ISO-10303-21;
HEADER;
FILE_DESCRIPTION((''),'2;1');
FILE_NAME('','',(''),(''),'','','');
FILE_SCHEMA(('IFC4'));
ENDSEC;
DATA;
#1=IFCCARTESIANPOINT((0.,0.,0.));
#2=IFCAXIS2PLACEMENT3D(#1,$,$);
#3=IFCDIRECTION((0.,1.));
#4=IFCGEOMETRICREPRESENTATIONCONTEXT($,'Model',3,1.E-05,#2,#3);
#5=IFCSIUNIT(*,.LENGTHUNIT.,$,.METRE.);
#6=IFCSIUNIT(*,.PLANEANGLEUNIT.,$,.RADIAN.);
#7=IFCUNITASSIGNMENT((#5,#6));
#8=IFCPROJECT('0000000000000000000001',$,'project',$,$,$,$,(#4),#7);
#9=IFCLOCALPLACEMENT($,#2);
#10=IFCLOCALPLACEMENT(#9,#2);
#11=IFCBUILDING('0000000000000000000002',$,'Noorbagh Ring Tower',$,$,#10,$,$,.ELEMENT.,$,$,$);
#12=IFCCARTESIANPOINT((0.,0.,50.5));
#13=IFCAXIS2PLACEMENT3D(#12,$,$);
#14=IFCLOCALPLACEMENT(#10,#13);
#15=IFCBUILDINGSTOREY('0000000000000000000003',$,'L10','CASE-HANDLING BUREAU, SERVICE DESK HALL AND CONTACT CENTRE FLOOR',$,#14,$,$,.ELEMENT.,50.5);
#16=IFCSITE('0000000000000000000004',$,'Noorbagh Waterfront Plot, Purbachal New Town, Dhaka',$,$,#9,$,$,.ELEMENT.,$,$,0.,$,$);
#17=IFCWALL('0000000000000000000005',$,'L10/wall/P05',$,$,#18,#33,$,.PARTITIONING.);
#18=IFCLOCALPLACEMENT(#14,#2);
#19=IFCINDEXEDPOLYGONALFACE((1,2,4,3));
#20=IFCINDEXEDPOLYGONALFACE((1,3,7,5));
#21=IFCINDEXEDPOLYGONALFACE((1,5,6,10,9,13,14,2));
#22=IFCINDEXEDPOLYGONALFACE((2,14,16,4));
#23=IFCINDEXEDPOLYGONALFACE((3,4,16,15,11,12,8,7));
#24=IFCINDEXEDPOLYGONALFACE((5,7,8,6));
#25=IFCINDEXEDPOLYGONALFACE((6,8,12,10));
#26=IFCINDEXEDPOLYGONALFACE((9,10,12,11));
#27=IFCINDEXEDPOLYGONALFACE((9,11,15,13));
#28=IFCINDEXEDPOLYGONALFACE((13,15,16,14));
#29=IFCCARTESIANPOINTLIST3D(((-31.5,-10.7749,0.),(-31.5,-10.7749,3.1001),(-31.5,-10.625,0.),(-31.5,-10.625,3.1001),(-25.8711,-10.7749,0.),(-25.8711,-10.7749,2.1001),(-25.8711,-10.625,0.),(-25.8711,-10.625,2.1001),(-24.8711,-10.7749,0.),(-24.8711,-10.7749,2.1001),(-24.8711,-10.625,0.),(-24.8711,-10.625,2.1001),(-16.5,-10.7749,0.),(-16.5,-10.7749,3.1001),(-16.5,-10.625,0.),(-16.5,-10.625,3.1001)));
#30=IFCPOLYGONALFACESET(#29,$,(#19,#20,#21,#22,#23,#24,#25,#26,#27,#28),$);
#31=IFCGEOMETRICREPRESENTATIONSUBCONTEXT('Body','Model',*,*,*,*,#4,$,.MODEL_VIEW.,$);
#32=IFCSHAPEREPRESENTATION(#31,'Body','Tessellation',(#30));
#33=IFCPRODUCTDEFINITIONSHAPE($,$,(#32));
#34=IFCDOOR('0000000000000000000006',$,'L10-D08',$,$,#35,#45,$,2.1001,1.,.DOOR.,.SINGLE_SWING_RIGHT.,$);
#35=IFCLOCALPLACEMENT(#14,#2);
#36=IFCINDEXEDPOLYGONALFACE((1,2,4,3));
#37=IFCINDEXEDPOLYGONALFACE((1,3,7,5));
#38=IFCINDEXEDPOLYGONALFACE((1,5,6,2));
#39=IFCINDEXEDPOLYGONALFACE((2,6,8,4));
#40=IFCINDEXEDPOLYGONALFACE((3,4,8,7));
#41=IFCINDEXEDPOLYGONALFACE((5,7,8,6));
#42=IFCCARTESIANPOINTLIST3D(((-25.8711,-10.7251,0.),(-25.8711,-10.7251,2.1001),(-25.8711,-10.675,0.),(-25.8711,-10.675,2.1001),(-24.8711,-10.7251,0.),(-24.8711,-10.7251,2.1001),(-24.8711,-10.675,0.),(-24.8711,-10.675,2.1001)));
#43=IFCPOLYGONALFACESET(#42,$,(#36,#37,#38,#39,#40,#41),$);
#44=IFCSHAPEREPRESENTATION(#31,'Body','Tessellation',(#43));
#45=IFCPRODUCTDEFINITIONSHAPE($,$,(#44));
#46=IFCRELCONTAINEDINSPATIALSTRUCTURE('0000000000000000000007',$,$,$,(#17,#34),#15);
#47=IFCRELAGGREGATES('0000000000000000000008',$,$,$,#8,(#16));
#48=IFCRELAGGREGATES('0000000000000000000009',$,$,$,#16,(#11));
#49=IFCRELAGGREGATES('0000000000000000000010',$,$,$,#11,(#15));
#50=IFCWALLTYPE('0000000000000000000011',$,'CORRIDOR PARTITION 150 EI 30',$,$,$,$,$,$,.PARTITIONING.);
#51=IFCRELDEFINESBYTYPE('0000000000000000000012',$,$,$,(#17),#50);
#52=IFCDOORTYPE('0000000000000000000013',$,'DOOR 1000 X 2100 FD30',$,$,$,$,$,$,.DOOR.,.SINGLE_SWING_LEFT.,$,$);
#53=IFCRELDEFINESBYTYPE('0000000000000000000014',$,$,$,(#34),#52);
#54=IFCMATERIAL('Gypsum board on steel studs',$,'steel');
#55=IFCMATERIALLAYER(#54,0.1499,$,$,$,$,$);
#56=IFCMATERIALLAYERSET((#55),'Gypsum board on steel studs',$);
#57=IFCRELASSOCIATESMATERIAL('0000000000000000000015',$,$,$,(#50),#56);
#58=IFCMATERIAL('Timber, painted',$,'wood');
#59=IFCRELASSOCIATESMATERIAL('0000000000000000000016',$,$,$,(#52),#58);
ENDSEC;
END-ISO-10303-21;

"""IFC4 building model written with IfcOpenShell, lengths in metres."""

from ifc_helpers import new_model, si_unit, direction, frame, frame_2d, origin, place, context, subcontext, project, spatial, rectangle, extrude, material, layer, layer_set, type_object, element, fill, save


model = new_model("IFC4")

# Units and contexts
model_context = context("Model", 3, precision=1e-05, world=origin(), true_north=direction((0.0, 1.0)))
body_context = subcontext(model_context, "Body", "Model", "MODEL_VIEW")
ifc_project = project(units=[si_unit("LENGTHUNIT", "METRE"), si_unit("PLANEANGLEUNIT", "RADIAN")], contexts=[model_context])

# Site, building, storey
site_placement = place(None, origin())
site = spatial("IfcSite", under=ifc_project, at=site_placement, Name="Noorbagh Waterfront Plot, Purbachal New Town, Dhaka", CompositionType="ELEMENT", RefElevation=0.0)
building_placement = place(site_placement, origin())
building = spatial("IfcBuilding", under=site, at=building_placement, Name="Noorbagh Ring Tower", CompositionType="ELEMENT")
storey_placement = place(building_placement, frame((0.0, 0.0, 50.5)))
storey = spatial("IfcBuildingStorey", under=building, at=storey_placement, Name="L10", Description="CASE-HANDLING BUREAU, SERVICE DESK HALL AND CONTACT CENTRE FLOOR", CompositionType="ELEMENT", Elevation=50.5)

# Wall, opening, door
ifc_material_1 = material(Name="Gypsum board on steel studs", Category="steel")
ifc_layer_1 = layer(ifc_material_1, 0.1499)
ifc_layer_set_1 = layer_set([ifc_layer_1], Name="Gypsum board on steel studs")
wall_type_1 = type_object("IfcWallType", Name="CORRIDOR PARTITION 150 EI 30", PredefinedType="PARTITIONING", material=ifc_layer_set_1)
ifc_material_2 = material(Name="Timber, painted", Category="wood")
door_type = type_object("IfcDoorType", Name="DOOR 1000 X 2100 FD30", OperationType="SINGLE_SWING_LEFT", PredefinedType="DOOR", material=ifc_material_2)
wall_1_placement = place(storey_placement, frame((-31.5, -10.7, 0.0), z_axis=(0.0, 0.0, 1.0), x_axis=(1.0, 0.0, 0.0)))
wall_1 = element("IfcWall", 1, at=wall_1_placement, inside=storey, type_object=wall_type_1, Name="L10/wall/P05", PredefinedType="PARTITIONING", context=body_context, shape_type="SweptSolid", body=[
    extrude(rectangle(XDim=15.0, YDim=0.1499, at=frame_2d((7.5, 0.0))), origin(), (0.0, 0.0, 1.0), 3.1001),
])
opening_1_placement = place(wall_1_placement, frame((5.6289, 0.0, 0.0)))
opening_1 = element("IfcOpeningElement", 2, at=opening_1_placement, cuts=wall_1, PredefinedType="OPENING", context=body_context, shape_type="SweptSolid", body=[
    extrude(rectangle(XDim=1.0, YDim=2.1001, at=frame_2d((0.5, 1.05))), frame((0.0, 0.085, 0.0), z_axis=(0.0, -1.0, 0.0), x_axis=(1.0, 0.0, 0.0)), (0.0, 0.0, 1.0), 0.1699),
])
door_1_placement = place(opening_1_placement, origin())
door_1 = element("IfcDoor", 3, at=door_1_placement, inside=storey, type_object=door_type, Name="L10-D08", OperationType="SINGLE_SWING_RIGHT", OverallHeight=2.1001, OverallWidth=1.0, PredefinedType="DOOR", context=body_context, shape_type="SweptSolid", body=[
    extrude(rectangle(XDim=1.0, YDim=2.1001, at=frame_2d((0.5, 1.05))), frame((0.0, 0.0249, 0.0), z_axis=(0.0, -1.0, 0.0), x_axis=(1.0, 0.0, 0.0)), (0.0, 0.0, 1.0), 0.05),
])
fill(opening_1, door_1)

save(model, "model.ifc")
